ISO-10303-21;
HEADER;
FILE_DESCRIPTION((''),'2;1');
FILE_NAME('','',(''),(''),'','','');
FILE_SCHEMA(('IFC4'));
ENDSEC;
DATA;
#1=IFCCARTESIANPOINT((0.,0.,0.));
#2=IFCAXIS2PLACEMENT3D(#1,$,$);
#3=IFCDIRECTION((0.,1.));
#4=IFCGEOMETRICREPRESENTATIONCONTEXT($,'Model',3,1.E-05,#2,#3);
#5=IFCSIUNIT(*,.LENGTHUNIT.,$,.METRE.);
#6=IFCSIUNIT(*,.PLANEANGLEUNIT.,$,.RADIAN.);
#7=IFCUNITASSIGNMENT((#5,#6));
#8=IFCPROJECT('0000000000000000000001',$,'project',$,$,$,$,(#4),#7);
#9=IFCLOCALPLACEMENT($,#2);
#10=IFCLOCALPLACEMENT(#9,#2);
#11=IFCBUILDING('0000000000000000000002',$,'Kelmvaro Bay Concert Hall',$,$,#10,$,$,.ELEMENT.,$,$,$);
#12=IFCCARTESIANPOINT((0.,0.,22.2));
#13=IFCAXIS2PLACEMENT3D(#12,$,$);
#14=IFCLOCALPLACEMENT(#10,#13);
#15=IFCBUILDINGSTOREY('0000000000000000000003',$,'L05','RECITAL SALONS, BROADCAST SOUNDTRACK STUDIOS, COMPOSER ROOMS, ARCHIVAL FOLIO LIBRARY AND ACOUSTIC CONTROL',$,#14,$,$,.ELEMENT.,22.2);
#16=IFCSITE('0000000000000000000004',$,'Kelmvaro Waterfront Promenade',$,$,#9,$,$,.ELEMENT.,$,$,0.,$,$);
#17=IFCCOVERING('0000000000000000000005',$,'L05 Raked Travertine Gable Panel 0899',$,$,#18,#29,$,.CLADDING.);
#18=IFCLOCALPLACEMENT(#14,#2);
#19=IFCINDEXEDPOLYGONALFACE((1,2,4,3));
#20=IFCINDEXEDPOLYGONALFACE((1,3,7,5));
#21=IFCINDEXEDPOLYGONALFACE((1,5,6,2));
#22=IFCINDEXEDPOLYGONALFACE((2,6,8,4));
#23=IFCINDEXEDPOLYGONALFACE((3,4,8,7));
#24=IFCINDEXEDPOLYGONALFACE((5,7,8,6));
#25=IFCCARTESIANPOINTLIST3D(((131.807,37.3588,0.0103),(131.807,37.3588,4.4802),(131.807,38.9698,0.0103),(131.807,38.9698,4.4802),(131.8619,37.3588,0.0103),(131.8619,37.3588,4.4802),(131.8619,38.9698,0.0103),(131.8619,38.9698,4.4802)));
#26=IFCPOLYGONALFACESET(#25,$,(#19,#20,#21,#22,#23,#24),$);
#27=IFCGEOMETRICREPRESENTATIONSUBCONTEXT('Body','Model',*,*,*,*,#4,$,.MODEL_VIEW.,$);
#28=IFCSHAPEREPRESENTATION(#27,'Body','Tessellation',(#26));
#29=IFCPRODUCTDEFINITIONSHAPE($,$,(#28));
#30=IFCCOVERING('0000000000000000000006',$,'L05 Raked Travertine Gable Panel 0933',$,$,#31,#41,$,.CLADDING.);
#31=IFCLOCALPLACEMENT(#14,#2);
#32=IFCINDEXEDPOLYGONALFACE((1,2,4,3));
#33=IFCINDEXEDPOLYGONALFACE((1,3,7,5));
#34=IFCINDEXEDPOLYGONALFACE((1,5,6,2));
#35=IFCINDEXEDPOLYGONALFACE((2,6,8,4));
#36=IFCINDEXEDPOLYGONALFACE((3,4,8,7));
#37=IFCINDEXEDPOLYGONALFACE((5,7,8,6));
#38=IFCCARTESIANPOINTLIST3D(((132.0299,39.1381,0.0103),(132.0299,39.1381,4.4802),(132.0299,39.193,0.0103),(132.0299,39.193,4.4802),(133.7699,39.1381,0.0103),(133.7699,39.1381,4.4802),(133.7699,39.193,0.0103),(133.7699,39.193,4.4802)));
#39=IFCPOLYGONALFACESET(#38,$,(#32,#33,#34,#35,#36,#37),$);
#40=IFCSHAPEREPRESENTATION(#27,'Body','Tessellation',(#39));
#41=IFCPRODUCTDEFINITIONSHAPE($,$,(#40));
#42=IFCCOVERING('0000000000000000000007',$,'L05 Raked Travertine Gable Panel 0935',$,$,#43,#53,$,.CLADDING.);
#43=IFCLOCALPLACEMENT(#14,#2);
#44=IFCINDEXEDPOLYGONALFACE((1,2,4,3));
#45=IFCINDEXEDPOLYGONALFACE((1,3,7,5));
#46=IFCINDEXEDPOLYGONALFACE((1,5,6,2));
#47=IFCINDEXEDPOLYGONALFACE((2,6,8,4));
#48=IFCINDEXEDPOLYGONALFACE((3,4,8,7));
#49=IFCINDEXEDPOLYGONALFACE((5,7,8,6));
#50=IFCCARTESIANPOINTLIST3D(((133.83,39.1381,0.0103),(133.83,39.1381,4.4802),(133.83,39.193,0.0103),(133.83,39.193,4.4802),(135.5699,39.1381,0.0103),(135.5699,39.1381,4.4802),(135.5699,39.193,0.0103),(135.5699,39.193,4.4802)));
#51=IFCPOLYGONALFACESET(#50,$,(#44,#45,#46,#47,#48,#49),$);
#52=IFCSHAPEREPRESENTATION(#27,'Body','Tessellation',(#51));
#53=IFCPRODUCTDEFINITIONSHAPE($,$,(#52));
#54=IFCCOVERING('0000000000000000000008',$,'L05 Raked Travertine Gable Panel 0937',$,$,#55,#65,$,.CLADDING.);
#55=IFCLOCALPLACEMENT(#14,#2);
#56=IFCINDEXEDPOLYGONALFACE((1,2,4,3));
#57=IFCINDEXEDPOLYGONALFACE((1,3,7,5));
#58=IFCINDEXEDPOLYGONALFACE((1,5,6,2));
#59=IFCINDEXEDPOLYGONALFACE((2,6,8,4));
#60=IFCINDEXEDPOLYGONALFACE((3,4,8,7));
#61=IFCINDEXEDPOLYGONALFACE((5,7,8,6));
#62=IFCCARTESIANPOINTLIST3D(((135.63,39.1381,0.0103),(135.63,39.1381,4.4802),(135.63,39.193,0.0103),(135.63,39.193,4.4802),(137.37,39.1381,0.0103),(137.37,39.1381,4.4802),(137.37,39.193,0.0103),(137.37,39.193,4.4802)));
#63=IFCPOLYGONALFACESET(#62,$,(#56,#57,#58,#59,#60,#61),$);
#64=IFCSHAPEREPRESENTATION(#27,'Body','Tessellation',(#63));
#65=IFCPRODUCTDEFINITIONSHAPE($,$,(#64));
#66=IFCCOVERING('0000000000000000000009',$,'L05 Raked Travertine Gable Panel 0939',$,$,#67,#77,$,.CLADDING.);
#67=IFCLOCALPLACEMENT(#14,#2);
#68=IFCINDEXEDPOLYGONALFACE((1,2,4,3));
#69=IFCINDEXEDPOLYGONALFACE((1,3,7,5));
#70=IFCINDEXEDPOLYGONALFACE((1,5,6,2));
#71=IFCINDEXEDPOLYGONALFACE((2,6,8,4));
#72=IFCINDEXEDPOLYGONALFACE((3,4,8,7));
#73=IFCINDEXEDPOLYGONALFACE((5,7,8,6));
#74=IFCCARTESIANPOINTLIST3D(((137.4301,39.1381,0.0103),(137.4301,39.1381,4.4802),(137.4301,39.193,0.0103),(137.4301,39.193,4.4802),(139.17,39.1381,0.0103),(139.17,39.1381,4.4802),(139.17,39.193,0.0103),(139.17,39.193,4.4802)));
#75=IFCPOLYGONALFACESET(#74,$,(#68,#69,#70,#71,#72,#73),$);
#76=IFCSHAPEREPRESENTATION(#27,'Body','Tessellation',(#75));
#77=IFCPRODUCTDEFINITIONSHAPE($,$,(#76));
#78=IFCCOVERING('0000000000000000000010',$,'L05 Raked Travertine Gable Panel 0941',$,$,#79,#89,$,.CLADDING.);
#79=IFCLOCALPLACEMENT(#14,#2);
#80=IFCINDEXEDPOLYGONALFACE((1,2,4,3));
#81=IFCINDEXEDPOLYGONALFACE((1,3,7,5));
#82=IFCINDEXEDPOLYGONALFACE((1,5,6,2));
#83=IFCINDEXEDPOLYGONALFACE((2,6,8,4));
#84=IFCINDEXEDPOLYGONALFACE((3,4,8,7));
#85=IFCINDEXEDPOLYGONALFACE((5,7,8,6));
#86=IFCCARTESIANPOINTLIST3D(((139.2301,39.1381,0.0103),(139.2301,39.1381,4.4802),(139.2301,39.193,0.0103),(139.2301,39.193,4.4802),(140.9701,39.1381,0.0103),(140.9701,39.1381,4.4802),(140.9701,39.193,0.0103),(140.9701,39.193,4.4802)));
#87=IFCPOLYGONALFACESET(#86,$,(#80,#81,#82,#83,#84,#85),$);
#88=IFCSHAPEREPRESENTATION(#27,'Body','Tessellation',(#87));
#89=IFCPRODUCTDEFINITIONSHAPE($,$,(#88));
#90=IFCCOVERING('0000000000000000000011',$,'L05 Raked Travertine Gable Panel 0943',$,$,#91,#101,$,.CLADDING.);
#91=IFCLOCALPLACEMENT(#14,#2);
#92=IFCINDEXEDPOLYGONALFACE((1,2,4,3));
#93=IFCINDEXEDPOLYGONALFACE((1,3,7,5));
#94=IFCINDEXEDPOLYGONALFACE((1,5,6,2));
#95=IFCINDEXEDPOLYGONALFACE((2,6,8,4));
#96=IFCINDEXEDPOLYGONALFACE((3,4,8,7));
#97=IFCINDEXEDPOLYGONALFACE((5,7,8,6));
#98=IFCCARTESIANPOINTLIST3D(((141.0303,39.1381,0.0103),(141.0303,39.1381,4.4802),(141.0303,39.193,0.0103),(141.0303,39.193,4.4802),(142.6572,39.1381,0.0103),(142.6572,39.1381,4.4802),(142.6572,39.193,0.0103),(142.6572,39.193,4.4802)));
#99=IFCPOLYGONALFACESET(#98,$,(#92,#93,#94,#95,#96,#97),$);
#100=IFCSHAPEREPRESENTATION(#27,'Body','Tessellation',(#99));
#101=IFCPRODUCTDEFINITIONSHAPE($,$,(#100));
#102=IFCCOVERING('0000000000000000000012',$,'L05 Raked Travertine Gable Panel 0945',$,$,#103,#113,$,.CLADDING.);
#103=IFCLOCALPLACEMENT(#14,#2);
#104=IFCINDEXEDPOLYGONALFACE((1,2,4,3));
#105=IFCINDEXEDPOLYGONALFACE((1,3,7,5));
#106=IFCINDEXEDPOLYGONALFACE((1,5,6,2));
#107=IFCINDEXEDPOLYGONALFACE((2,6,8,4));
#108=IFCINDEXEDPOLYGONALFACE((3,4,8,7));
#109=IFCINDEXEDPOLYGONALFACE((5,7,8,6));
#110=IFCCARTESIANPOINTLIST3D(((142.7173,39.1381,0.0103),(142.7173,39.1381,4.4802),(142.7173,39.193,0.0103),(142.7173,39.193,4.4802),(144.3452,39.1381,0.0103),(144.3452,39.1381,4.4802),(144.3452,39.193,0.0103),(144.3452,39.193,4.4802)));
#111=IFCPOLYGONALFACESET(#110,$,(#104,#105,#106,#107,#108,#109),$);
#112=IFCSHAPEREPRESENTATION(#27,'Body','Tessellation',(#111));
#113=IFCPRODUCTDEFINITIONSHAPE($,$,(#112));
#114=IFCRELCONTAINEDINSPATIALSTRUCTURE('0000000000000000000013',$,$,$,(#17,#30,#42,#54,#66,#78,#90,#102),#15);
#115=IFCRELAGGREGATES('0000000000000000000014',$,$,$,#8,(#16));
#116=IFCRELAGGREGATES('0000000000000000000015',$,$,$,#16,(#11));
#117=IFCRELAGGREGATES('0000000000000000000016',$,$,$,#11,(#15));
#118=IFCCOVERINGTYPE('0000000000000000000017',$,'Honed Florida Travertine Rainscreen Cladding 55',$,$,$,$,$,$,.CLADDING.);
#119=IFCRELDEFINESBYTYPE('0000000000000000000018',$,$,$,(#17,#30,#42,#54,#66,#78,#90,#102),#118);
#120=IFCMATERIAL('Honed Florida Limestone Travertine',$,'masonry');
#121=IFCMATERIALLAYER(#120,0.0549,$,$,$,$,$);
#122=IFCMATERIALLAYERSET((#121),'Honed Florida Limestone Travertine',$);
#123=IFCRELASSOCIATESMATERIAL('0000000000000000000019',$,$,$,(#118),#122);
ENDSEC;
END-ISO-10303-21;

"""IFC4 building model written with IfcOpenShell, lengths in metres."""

from ifc_helpers import new_model, si_unit, direction, frame, origin, origin_2d, place, context, subcontext, project, spatial, rectangle, extrude, material, layer, layer_set, type_object, element, save


model = new_model("IFC4")

# Units and contexts
model_context = context("Model", 3, precision=1e-05, world=origin(), true_north=direction((0.0, 1.0)))
body_context = subcontext(model_context, "Body", "Model", "MODEL_VIEW")
ifc_project = project(units=[si_unit("LENGTHUNIT", "METRE"), si_unit("PLANEANGLEUNIT", "RADIAN")], contexts=[model_context])

# Site, building, storey
site_placement = place(None, origin())
site = spatial("IfcSite", under=ifc_project, at=site_placement, Name="Kelmvaro Waterfront Promenade", CompositionType="ELEMENT", RefElevation=0.0)
building_placement = place(site_placement, origin())
building = spatial("IfcBuilding", under=site, at=building_placement, Name="Kelmvaro Bay Concert Hall", CompositionType="ELEMENT")
storey_placement = place(building_placement, frame((0.0, 0.0, 22.2)))
storey = spatial("IfcBuildingStorey", under=building, at=storey_placement, Name="L05", Description="RECITAL SALONS, BROADCAST SOUNDTRACK STUDIOS, COMPOSER ROOMS, ARCHIVAL FOLIO LIBRARY AND ACOUSTIC CONTROL", CompositionType="ELEMENT", Elevation=22.2)

# Coverings
ifc_material_1 = material(Name="Honed Florida Limestone Travertine", Category="masonry")
ifc_layer_1 = layer(ifc_material_1, 0.0549)
ifc_layer_set_1 = layer_set([ifc_layer_1], Name="Honed Florida Limestone Travertine")
covering_type = type_object("IfcCoveringType", Name="Honed Florida Travertine Rainscreen Cladding 55", PredefinedType="CLADDING", material=ifc_layer_set_1)
for number, where, z_axis, x_axis, name in (
    (1, (131.8345, 38.1643, 0.0103), (0.0, 0.0, 1.0), (0.0, 1.0, 0.0), "L05 Raked Travertine Gable Panel 0899"),
):
    element("IfcCovering", number, at=place(storey_placement, frame(where, z_axis=z_axis, x_axis=x_axis)), inside=storey, type_object=covering_type, Name=name, PredefinedType="CLADDING", context=body_context, shape_type="SweptSolid", body=[
        extrude(rectangle(XDim=1.6111, YDim=0.0549, at=origin_2d()), origin(), (0.0, 0.0, 1.0), 4.47),
    ])
for number, where, z_axis, x_axis, name in (
    (2, (132.8999, 39.1655, 0.0103), (0.0, 0.0, 1.0), (1.0, 0.0, 0.0), "L05 Raked Travertine Gable Panel 0933"),
    (3, (134.7, 39.1655, 0.0103), (0.0, 0.0, 1.0), (1.0, 0.0, 0.0), "L05 Raked Travertine Gable Panel 0935"),
    (4, (136.5, 39.1655, 0.0103), (0.0, 0.0, 1.0), (1.0, 0.0, 0.0), "L05 Raked Travertine Gable Panel 0937"),
    (5, (138.3, 39.1655, 0.0103), (0.0, 0.0, 1.0), (1.0, 0.0, 0.0), "L05 Raked Travertine Gable Panel 0939"),
    (6, (140.1001, 39.1655, 0.0103), (0.0, 0.0, 1.0), (1.0, 0.0, 0.0), "L05 Raked Travertine Gable Panel 0941"),
):
    element("IfcCovering", number, at=place(storey_placement, frame(where, z_axis=z_axis, x_axis=x_axis)), inside=storey, type_object=covering_type, Name=name, PredefinedType="CLADDING", context=body_context, shape_type="SweptSolid", body=[
        extrude(rectangle(XDim=1.74, YDim=0.0549, at=origin_2d()), origin(), (0.0, 0.0, 1.0), 4.47),
    ])
covering_1_placement = place(storey_placement, frame((141.8438, 39.1655, 0.0103), z_axis=(0.0, 0.0, 1.0), x_axis=(1.0, 0.0, 0.0)))
element("IfcCovering", 7, at=covering_1_placement, inside=storey, type_object=covering_type, Name="L05 Raked Travertine Gable Panel 0943", PredefinedType="CLADDING", context=body_context, shape_type="SweptSolid", body=[
    extrude(rectangle(XDim=1.627, YDim=0.0549, at=origin_2d()), origin(), (0.0, 0.0, 1.0), 4.47),
])
covering_2_placement = place(storey_placement, frame((143.5312, 39.1655, 0.0103), z_axis=(0.0, 0.0, 1.0), x_axis=(1.0, 0.0, 0.0)))
element("IfcCovering", 8, at=covering_2_placement, inside=storey, type_object=covering_type, Name="L05 Raked Travertine Gable Panel 0945", PredefinedType="CLADDING", context=body_context, shape_type="SweptSolid", body=[
    extrude(rectangle(XDim=1.6279, YDim=0.0549, at=origin_2d()), origin(), (0.0, 0.0, 1.0), 4.47),
])

save(model, "model.ifc")
